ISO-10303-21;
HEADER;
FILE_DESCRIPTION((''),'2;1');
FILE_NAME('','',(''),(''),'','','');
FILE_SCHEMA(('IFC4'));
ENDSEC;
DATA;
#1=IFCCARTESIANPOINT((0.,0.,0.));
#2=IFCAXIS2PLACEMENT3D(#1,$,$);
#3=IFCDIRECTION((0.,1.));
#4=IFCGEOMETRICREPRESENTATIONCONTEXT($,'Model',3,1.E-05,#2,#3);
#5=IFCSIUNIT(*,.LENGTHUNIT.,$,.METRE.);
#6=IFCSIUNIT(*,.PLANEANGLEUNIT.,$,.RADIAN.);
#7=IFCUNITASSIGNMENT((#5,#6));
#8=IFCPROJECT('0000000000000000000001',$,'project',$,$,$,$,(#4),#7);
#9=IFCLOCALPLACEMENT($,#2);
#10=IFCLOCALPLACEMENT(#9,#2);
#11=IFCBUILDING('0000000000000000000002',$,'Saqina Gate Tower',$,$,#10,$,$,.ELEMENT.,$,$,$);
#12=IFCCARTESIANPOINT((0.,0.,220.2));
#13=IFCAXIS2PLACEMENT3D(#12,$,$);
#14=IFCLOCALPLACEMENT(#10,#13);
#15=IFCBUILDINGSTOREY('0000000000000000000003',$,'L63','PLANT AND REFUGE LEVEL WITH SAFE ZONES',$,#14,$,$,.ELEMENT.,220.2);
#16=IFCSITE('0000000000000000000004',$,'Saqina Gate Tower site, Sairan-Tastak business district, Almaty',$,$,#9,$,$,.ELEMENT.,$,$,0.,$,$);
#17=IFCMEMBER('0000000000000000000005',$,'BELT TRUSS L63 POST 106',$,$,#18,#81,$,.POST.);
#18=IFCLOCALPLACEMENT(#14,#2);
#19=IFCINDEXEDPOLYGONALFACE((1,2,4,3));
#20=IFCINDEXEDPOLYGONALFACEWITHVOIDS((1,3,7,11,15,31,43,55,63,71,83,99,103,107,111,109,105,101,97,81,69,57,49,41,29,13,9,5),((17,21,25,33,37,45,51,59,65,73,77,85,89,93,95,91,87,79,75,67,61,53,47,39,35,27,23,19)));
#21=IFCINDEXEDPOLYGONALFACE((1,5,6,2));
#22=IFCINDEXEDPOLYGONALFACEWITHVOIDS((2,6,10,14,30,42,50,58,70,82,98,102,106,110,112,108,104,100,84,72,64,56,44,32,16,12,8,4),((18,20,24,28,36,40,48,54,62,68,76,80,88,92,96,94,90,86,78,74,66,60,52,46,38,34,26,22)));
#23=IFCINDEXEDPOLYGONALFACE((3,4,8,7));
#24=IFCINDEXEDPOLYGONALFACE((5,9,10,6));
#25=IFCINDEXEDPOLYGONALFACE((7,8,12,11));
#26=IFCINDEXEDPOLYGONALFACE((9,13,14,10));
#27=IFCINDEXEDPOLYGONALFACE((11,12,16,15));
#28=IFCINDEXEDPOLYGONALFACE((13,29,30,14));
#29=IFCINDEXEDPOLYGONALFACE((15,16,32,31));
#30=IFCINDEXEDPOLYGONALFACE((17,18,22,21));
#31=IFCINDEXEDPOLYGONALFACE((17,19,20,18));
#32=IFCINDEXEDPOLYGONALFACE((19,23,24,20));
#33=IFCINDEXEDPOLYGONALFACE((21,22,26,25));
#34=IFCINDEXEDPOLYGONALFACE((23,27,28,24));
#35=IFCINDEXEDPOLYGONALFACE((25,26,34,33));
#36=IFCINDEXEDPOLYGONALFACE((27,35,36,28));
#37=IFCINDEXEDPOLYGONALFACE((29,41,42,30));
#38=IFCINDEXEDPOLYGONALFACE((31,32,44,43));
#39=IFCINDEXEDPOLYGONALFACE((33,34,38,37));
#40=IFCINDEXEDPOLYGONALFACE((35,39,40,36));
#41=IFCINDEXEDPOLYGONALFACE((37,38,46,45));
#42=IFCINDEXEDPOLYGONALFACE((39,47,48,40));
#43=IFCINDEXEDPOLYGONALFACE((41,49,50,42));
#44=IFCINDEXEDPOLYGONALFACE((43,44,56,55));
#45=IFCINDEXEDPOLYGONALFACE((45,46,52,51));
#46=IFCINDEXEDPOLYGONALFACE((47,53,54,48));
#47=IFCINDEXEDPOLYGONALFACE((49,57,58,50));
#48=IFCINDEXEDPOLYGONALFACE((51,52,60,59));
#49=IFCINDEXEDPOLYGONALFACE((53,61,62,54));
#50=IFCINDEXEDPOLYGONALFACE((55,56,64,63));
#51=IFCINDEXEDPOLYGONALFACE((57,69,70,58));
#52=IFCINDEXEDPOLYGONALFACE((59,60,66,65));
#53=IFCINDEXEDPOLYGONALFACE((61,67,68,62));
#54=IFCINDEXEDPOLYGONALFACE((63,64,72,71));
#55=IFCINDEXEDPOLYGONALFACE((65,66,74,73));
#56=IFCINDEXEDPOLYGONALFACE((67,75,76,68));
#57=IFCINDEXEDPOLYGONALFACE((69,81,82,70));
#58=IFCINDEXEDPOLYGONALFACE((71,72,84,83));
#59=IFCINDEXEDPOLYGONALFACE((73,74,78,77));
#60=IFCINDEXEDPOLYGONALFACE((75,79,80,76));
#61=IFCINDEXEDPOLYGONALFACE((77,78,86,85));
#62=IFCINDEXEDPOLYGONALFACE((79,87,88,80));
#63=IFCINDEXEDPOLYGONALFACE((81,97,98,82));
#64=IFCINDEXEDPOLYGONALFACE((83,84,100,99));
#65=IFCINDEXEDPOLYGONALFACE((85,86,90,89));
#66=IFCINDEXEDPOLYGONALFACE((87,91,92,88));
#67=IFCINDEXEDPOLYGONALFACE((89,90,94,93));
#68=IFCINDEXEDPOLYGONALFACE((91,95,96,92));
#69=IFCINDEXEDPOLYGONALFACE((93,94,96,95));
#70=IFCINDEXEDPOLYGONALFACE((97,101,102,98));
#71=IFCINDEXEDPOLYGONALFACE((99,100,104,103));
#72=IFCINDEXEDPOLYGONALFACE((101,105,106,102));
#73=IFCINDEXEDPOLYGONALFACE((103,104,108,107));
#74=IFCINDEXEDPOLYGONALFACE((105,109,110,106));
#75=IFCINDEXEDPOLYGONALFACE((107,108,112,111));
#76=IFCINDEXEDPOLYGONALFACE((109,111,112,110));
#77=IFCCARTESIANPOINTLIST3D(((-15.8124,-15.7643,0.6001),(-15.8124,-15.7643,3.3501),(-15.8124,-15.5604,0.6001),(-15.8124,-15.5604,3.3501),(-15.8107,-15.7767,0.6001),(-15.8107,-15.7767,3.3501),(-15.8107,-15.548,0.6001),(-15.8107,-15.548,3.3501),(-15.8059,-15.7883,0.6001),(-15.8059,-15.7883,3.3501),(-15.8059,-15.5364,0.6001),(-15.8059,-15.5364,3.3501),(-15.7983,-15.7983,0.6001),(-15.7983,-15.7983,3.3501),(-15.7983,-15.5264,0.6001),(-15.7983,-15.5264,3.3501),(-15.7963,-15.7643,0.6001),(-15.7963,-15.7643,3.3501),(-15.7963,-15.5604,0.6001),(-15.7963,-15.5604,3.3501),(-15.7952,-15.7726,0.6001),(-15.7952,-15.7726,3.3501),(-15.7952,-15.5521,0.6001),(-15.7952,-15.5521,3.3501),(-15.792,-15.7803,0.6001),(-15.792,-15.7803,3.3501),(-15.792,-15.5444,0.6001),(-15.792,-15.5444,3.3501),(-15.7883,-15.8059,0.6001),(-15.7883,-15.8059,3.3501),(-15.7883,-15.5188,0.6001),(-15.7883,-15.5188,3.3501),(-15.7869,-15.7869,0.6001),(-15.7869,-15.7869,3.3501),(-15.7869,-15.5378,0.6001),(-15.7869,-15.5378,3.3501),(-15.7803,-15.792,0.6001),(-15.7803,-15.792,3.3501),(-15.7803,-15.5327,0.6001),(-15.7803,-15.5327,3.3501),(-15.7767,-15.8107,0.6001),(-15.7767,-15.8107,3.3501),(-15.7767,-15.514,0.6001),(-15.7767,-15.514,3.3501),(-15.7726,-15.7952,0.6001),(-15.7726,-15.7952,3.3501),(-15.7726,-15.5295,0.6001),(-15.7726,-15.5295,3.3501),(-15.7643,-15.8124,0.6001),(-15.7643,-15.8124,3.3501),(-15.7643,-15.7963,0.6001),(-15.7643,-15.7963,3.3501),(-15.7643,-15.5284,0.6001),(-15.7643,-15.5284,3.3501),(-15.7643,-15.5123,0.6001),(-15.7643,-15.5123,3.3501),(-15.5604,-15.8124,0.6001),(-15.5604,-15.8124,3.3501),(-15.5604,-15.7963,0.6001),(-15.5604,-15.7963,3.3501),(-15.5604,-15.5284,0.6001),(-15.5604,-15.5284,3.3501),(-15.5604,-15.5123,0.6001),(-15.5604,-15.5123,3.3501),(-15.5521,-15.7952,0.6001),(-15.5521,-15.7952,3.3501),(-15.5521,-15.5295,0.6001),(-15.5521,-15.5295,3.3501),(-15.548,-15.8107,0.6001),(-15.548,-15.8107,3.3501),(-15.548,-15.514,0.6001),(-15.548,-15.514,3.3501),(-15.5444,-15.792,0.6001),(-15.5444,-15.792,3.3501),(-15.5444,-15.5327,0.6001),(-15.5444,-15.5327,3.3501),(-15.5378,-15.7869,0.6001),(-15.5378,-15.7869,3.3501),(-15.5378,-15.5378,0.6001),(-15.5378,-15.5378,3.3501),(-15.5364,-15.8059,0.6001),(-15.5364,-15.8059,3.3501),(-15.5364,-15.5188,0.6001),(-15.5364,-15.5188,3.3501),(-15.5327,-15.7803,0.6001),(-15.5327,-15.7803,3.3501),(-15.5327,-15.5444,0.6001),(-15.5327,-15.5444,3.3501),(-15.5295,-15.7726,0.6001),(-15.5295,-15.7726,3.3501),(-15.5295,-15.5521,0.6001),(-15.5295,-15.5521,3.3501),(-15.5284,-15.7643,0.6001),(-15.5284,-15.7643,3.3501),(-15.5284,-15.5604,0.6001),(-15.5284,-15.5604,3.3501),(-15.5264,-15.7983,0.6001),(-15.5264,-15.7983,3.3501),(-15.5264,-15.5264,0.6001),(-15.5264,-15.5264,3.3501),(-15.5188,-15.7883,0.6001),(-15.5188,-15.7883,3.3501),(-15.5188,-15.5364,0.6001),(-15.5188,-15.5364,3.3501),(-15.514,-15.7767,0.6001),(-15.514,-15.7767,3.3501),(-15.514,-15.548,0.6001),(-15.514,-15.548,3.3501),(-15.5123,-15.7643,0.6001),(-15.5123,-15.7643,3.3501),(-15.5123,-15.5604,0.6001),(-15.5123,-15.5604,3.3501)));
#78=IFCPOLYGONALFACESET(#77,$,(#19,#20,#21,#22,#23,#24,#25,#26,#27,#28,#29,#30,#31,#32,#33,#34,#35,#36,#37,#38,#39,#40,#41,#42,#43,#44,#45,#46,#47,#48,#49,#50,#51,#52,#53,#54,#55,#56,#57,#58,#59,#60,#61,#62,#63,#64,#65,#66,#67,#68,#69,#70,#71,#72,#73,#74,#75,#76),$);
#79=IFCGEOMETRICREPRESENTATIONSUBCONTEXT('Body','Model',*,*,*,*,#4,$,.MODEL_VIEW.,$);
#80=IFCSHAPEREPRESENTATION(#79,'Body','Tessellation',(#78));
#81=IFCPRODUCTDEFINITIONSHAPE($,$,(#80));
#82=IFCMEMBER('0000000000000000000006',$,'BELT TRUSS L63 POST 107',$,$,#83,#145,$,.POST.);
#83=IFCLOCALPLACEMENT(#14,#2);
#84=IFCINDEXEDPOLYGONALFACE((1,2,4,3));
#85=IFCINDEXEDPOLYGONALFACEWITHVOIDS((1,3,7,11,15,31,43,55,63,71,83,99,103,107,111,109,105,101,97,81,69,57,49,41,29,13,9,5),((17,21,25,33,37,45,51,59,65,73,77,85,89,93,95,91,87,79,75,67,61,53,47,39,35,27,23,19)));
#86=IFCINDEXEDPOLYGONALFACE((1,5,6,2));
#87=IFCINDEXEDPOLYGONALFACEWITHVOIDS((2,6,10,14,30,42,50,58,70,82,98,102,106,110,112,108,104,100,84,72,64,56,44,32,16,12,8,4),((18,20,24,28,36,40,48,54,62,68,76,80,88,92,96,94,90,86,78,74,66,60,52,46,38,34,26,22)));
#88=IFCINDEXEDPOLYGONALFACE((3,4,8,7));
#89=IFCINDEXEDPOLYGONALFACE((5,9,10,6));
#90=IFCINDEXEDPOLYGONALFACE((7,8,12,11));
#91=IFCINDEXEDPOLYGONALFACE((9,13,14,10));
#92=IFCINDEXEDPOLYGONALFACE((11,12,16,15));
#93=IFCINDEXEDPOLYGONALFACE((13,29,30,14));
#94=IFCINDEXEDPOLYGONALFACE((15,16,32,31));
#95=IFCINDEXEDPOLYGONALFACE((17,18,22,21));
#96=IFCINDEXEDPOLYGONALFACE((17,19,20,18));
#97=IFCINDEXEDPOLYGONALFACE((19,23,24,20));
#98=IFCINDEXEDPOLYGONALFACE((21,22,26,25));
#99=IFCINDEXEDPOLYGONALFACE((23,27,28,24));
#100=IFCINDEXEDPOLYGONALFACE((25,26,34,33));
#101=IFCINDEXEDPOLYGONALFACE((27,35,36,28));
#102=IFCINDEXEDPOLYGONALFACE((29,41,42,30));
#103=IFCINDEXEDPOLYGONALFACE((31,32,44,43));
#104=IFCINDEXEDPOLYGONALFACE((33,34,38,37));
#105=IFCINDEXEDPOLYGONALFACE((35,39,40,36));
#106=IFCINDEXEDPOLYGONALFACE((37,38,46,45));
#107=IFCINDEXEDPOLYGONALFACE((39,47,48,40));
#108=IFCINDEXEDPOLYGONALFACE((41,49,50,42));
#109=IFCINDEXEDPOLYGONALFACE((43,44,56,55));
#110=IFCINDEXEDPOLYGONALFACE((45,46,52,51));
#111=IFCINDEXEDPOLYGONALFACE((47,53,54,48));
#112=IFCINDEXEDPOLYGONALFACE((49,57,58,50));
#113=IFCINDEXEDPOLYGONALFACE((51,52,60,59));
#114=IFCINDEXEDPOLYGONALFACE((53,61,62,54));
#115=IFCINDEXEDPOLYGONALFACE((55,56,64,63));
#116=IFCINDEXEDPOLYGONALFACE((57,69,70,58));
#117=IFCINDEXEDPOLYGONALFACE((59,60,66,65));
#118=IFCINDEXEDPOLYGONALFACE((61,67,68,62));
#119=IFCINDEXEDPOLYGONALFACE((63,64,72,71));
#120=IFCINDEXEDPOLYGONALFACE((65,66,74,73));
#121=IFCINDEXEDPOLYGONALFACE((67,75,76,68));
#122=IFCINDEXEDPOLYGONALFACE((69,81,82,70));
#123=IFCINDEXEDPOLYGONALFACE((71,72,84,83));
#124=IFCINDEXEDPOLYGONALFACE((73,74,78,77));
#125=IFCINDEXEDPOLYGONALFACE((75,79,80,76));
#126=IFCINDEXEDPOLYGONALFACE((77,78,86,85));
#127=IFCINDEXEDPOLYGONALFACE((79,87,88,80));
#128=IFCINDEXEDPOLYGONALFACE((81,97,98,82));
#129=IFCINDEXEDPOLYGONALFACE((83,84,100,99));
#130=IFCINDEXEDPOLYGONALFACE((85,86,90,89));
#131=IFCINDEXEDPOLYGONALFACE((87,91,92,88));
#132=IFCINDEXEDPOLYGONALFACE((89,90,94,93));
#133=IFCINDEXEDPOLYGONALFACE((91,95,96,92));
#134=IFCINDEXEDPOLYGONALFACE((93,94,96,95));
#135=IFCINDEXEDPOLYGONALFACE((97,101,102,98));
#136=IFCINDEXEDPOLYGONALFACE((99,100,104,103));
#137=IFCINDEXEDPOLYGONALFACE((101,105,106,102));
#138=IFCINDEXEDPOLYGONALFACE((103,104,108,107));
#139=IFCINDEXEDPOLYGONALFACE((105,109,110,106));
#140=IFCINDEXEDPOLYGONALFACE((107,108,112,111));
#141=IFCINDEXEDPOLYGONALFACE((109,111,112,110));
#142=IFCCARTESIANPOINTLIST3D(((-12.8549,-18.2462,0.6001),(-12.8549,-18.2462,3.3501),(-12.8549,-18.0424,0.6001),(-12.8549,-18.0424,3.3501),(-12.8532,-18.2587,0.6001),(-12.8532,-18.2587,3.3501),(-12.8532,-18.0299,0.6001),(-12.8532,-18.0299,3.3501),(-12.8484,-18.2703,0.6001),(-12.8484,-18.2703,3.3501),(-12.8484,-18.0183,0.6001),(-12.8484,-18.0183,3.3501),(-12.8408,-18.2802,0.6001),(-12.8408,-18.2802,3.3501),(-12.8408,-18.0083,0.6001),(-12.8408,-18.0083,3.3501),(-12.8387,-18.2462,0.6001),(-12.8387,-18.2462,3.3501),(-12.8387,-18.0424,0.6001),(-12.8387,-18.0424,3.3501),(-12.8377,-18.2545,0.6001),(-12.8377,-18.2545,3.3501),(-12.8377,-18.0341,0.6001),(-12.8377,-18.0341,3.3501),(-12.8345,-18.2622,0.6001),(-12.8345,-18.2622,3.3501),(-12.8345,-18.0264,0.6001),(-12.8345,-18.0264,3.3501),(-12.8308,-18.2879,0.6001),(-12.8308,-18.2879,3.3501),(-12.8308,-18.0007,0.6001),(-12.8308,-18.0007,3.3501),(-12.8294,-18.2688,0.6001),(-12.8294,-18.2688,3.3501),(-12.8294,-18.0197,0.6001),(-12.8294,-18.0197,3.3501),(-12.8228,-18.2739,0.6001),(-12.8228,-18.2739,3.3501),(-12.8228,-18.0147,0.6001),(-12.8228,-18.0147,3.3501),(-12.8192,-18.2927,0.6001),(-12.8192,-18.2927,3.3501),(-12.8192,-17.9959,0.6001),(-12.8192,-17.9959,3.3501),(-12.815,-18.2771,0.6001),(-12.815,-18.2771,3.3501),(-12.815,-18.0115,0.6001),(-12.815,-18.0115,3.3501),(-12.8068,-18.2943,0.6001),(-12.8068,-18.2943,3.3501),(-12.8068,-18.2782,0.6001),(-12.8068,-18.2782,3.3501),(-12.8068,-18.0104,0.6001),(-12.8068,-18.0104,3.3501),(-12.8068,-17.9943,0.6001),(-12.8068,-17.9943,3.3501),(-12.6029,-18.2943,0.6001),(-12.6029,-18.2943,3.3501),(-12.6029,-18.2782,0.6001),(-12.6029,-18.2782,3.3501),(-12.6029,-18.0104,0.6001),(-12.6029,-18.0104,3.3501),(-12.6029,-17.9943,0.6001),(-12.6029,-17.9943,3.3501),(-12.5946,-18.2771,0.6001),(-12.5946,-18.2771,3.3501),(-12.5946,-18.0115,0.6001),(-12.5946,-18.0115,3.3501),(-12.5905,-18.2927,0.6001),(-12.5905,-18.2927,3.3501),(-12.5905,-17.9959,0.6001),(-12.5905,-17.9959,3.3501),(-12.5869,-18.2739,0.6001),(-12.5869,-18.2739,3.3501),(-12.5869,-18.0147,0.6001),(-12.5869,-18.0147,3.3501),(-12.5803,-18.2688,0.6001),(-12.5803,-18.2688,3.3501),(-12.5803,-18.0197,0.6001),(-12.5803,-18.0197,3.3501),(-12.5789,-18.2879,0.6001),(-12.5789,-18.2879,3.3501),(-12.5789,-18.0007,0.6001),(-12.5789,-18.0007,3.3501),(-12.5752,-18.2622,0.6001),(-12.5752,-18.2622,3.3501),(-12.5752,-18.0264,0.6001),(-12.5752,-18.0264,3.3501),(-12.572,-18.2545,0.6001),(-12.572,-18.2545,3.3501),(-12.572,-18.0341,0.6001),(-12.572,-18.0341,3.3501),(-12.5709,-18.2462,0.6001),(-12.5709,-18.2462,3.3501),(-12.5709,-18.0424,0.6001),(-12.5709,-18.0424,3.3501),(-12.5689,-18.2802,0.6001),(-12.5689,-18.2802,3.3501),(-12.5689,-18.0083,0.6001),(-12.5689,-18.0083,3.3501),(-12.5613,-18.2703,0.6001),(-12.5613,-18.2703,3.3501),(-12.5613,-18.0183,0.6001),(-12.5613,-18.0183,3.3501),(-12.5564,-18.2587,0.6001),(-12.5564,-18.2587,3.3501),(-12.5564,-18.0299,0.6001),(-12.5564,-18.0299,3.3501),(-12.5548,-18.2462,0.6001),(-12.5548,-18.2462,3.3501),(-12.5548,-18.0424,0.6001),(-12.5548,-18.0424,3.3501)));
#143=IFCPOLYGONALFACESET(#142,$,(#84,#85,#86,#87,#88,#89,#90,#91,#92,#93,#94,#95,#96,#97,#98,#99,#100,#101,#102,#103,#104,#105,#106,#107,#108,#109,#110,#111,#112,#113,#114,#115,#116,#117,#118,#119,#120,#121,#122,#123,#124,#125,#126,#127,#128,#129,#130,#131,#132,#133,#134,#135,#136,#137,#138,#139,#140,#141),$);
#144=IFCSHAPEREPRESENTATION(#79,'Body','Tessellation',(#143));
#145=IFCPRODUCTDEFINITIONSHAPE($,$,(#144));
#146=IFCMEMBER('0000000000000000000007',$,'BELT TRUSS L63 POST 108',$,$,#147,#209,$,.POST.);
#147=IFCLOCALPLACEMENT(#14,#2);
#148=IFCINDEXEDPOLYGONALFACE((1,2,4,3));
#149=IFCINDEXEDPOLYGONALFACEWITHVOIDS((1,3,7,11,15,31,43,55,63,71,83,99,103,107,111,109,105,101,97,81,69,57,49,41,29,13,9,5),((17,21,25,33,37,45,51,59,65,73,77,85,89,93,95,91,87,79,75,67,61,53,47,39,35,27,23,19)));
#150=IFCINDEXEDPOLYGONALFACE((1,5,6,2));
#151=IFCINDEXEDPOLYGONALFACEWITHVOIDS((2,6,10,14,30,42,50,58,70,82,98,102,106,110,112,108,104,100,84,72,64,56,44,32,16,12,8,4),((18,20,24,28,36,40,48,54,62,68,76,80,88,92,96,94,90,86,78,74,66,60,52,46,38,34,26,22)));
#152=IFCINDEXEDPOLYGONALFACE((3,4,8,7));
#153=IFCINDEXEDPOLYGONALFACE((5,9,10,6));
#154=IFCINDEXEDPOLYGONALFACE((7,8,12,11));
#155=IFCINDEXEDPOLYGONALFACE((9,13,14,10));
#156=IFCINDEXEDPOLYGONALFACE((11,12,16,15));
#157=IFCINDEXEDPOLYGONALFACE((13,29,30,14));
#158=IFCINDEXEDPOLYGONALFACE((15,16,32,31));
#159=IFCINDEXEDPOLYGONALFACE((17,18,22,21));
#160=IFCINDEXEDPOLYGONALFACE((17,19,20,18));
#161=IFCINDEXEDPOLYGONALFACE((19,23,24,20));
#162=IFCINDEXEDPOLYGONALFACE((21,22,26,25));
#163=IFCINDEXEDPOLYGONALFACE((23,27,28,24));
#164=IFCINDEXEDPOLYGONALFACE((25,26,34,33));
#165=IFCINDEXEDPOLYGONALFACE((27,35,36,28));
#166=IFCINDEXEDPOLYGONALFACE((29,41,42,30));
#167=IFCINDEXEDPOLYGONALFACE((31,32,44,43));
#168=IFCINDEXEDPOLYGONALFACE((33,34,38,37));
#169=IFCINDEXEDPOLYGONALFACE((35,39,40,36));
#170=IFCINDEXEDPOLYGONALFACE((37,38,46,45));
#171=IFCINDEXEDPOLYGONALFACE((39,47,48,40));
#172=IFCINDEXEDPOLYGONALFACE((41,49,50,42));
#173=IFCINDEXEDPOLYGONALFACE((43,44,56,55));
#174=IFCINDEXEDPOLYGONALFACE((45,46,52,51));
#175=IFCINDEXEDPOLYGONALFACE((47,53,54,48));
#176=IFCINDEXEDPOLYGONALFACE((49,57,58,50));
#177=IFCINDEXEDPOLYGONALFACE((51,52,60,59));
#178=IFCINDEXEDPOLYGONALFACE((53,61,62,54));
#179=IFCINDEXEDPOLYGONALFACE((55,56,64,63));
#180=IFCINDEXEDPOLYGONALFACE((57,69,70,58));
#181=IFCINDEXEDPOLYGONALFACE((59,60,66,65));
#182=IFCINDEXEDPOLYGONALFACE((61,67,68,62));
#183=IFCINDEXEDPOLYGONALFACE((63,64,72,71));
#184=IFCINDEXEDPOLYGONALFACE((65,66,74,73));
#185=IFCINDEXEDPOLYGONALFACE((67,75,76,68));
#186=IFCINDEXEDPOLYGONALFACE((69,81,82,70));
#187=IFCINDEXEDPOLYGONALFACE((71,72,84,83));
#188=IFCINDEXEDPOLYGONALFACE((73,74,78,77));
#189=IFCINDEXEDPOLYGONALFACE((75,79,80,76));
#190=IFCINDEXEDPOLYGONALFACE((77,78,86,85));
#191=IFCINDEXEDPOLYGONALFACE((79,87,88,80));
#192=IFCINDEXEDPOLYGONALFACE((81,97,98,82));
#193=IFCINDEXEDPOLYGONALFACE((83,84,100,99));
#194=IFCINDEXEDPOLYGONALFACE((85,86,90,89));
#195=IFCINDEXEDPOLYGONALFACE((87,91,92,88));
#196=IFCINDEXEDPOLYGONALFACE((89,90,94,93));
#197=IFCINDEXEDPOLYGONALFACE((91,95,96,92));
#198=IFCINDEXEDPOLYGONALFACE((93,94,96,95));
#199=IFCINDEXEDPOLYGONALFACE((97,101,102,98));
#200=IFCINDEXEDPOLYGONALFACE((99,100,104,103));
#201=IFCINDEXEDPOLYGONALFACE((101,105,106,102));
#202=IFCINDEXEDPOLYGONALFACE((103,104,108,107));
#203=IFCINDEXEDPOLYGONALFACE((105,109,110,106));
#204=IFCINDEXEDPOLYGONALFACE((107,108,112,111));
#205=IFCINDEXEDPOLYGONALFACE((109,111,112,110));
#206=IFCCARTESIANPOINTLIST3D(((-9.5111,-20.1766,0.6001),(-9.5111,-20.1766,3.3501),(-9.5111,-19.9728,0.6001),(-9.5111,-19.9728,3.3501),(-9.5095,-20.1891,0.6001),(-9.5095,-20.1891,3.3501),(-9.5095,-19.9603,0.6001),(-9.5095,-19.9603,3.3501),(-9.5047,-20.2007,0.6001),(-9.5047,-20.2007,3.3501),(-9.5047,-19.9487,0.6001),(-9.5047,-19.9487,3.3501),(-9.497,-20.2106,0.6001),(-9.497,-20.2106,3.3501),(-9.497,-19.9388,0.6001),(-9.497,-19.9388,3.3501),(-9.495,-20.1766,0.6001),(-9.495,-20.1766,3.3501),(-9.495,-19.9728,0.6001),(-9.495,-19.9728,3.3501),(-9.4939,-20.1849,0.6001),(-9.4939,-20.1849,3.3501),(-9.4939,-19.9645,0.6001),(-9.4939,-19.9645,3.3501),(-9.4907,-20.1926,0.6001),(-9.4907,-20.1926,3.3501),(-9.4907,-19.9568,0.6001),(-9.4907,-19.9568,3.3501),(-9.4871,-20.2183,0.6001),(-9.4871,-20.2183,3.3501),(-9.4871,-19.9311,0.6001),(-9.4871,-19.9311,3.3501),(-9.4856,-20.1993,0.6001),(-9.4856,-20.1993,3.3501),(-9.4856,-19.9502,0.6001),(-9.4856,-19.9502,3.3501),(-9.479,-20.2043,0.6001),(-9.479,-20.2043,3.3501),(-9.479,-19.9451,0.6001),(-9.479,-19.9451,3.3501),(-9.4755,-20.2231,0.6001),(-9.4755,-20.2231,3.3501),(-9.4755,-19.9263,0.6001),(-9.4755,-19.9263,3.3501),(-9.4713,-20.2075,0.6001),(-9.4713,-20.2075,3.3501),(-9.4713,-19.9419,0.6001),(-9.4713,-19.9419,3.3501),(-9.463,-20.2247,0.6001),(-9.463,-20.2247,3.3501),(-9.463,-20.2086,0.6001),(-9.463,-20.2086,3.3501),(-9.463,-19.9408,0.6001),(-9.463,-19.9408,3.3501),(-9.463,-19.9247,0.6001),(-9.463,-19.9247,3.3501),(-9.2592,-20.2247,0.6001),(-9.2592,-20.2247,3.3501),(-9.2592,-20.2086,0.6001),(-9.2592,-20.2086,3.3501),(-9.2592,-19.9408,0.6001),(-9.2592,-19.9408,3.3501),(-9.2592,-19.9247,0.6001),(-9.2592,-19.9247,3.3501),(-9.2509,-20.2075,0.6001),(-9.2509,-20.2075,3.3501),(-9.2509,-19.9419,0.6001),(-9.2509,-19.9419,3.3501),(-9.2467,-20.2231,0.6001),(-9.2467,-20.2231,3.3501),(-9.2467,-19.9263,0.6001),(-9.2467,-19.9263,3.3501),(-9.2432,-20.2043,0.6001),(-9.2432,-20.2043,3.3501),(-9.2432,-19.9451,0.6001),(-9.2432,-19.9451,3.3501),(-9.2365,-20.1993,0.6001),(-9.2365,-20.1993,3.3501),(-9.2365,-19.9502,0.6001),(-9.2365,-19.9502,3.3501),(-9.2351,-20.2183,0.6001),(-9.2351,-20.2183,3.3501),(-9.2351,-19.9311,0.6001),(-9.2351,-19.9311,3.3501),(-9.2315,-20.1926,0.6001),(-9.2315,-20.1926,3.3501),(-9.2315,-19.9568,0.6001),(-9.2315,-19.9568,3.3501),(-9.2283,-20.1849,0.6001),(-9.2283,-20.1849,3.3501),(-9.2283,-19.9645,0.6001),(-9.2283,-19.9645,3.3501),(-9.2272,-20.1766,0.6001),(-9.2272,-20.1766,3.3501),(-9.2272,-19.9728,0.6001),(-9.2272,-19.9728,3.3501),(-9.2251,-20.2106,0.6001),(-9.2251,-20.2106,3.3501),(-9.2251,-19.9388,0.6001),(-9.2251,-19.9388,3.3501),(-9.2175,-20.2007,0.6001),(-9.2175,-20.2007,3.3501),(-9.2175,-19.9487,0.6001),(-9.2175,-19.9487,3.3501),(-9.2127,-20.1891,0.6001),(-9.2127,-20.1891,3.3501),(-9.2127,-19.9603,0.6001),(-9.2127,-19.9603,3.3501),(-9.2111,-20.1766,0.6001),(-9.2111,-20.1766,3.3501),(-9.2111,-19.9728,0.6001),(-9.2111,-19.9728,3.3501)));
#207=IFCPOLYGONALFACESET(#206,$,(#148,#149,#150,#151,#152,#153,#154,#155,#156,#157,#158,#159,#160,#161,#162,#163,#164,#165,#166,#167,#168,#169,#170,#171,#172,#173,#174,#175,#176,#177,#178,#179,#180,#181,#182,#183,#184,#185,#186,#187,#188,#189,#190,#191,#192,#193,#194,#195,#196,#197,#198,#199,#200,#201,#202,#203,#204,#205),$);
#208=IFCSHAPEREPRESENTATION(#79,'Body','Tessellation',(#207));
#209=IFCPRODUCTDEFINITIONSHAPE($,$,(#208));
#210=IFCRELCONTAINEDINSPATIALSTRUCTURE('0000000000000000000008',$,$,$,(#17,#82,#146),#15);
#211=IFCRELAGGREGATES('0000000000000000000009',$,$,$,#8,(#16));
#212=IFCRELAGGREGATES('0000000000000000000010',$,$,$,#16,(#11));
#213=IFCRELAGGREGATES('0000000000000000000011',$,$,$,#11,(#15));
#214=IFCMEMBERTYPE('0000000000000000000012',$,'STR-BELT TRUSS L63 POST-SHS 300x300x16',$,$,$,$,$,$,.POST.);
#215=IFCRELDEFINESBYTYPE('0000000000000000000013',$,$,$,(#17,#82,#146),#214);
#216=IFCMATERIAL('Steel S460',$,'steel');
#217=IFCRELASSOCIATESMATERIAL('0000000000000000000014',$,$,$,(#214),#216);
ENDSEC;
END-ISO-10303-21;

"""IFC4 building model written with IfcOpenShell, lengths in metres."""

from ifc_helpers import new_model, si_unit, direction, frame, origin, origin_2d, place, context, subcontext, project, spatial, hollow_rectangle, extrude, material, material_profile, profile_set, type_object, element, save


model = new_model("IFC4")

# Units and contexts
model_context = context("Model", 3, precision=1e-05, world=origin(), true_north=direction((0.0, 1.0)))
body_context = subcontext(model_context, "Body", "Model", "MODEL_VIEW")
ifc_project = project(units=[si_unit("LENGTHUNIT", "METRE"), si_unit("PLANEANGLEUNIT", "RADIAN")], contexts=[model_context])

# Site, building, storey
site_placement = place(None, origin())
site = spatial("IfcSite", under=ifc_project, at=site_placement, Name="Saqina Gate Tower site, Sairan-Tastak business district, Almaty", CompositionType="ELEMENT", RefElevation=0.0)
building_placement = place(site_placement, origin())
building = spatial("IfcBuilding", under=site, at=building_placement, Name="Saqina Gate Tower", CompositionType="ELEMENT")
storey_placement = place(building_placement, frame((0.0, 0.0, 220.2)))
storey = spatial("IfcBuildingStorey", under=building, at=storey_placement, Name="L63", Description="PLANT AND REFUGE LEVEL WITH SAFE ZONES", CompositionType="ELEMENT", Elevation=220.2)

# Members
ifc_material_1 = material(Name="Steel S460", Category="steel")
ifc_material_profile_1 = material_profile(ifc_material_1, hollow_rectangle(XDim=0.3, YDim=0.3, WallThickness=0.0161, InnerFilletRadius=0.032, OuterFilletRadius=0.0481, at=origin_2d()), Name="SHS 300x300x16")
ifc_profile_set_1 = profile_set([ifc_material_profile_1], Name="Steel S460")
member_type_1 = type_object("IfcMemberType", Name="STR-BELT TRUSS L63 POST-SHS 300x300x16", PredefinedType="POST", material=ifc_profile_set_1)
for number, where, z_axis, x_axis, name in (
    (1, (-15.6624, -15.6624, 0.6001), (0.0, 0.0, 1.0), (1.0, 0.0, 0.0), "BELT TRUSS L63 POST 106"),
    (2, (-12.7048, -18.1443, 0.6001), (0.0, 0.0, 1.0), (1.0, 0.0, 0.0), "BELT TRUSS L63 POST 107"),
    (3, (-9.3611, -20.0747, 0.6001), (0.0, 0.0, 1.0), (1.0, 0.0, 0.0), "BELT TRUSS L63 POST 108"),
):
    element("IfcMember", number, at=place(storey_placement, frame(where, z_axis=z_axis, x_axis=x_axis)), inside=storey, type_object=member_type_1, Name=name, PredefinedType="POST", context=body_context, shape_type="SweptSolid", body=[
        extrude(hollow_rectangle(XDim=0.3, YDim=0.3, WallThickness=0.0161, InnerFilletRadius=0.032, OuterFilletRadius=0.0481, at=origin_2d()), origin(), (0.0, 0.0, 1.0), 2.75),
    ])

save(model, "model.ifc")
